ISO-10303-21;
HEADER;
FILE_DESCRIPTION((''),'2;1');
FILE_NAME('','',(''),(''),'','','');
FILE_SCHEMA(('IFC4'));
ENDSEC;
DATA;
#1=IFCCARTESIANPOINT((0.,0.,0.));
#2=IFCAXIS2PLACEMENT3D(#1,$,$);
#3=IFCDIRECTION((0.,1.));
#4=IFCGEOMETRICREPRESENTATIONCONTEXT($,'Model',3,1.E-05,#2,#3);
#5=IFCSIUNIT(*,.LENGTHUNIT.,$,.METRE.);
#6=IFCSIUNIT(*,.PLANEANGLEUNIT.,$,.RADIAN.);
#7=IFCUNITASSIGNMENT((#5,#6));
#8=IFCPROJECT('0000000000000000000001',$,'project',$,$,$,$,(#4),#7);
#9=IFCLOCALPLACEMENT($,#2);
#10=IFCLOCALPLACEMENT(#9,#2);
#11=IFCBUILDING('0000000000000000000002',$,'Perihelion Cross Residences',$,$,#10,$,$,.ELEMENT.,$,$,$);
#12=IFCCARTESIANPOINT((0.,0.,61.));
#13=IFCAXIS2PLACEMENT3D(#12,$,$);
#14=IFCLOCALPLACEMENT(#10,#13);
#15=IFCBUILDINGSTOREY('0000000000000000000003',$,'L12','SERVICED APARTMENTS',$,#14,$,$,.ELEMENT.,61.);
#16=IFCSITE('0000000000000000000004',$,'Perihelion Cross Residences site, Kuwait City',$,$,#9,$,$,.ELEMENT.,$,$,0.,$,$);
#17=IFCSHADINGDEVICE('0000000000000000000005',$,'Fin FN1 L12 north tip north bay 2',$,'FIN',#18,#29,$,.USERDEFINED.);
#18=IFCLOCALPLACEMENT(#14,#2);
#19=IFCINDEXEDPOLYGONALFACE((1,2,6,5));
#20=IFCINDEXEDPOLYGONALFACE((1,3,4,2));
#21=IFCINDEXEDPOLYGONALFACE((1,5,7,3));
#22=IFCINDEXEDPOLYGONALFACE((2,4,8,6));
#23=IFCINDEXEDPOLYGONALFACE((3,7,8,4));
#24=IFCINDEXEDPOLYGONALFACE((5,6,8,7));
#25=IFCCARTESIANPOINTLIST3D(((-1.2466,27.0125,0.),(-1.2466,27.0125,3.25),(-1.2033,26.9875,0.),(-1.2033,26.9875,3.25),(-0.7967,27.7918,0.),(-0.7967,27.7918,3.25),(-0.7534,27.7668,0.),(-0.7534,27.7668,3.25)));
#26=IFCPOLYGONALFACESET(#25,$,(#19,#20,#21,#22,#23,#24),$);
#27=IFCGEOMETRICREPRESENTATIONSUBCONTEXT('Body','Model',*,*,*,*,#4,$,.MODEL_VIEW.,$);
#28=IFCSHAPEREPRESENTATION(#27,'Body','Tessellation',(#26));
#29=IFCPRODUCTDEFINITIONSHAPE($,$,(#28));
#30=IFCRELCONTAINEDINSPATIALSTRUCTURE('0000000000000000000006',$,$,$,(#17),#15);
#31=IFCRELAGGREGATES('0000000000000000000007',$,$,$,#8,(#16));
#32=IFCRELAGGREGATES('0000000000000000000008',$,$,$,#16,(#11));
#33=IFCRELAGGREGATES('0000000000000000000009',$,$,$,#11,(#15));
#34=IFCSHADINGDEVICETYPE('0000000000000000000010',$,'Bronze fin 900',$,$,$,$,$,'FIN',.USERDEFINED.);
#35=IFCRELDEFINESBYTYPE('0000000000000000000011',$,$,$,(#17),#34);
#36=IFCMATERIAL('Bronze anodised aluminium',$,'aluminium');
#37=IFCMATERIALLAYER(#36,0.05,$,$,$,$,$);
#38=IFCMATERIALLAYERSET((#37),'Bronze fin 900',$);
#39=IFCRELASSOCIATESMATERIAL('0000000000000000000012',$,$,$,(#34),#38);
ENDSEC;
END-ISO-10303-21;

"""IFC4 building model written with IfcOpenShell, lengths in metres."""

from ifc_helpers import new_model, si_unit, direction, frame, origin, origin_2d, place, context, subcontext, project, spatial, rectangle, extrude, material, layer, layer_set, type_object, element, save


model = new_model("IFC4")

# Units and contexts
model_context = context("Model", 3, precision=1e-05, world=origin(), true_north=direction((0.0, 1.0)))
body_context = subcontext(model_context, "Body", "Model", "MODEL_VIEW")
ifc_project = project(units=[si_unit("LENGTHUNIT", "METRE"), si_unit("PLANEANGLEUNIT", "RADIAN")], contexts=[model_context])

# Site, building, storey
site_placement = place(None, origin())
site = spatial("IfcSite", under=ifc_project, at=site_placement, Name="Perihelion Cross Residences site, Kuwait City", CompositionType="ELEMENT", RefElevation=0.0)
building_placement = place(site_placement, origin())
building = spatial("IfcBuilding", under=site, at=building_placement, Name="Perihelion Cross Residences", CompositionType="ELEMENT")
storey_placement = place(building_placement, frame((0.0, 0.0, 61.0)))
storey = spatial("IfcBuildingStorey", under=building, at=storey_placement, Name="L12", Description="SERVICED APARTMENTS", CompositionType="ELEMENT", Elevation=61.0)

# Shading device
ifc_material_1 = material(Name="Bronze anodised aluminium", Category="aluminium")
ifc_layer_1 = layer(ifc_material_1, 0.05)
ifc_layer_set_1 = layer_set([ifc_layer_1], Name="Bronze fin 900")
shading_device_type = type_object("IfcShadingDeviceType", Name="Bronze fin 900", ElementType="FIN", PredefinedType="USERDEFINED", material=ifc_layer_set_1)
shading_device_placement = place(storey_placement, frame((-1.0, 27.3896, 0.0), z_axis=(0.0, 0.0, 1.0), x_axis=(0.5, 0.866025, 0.0)))
element("IfcShadingDevice", 1, at=shading_device_placement, inside=storey, type_object=shading_device_type, Name="Fin FN1 L12 north tip north bay 2", ObjectType="FIN", PredefinedType="USERDEFINED", context=body_context, shape_type="SweptSolid", body=[
    extrude(rectangle(XDim=0.8999, YDim=0.05, at=origin_2d()), origin(), (0.0, 0.0, 1.0), 3.25),
])

save(model, "model.ifc")
